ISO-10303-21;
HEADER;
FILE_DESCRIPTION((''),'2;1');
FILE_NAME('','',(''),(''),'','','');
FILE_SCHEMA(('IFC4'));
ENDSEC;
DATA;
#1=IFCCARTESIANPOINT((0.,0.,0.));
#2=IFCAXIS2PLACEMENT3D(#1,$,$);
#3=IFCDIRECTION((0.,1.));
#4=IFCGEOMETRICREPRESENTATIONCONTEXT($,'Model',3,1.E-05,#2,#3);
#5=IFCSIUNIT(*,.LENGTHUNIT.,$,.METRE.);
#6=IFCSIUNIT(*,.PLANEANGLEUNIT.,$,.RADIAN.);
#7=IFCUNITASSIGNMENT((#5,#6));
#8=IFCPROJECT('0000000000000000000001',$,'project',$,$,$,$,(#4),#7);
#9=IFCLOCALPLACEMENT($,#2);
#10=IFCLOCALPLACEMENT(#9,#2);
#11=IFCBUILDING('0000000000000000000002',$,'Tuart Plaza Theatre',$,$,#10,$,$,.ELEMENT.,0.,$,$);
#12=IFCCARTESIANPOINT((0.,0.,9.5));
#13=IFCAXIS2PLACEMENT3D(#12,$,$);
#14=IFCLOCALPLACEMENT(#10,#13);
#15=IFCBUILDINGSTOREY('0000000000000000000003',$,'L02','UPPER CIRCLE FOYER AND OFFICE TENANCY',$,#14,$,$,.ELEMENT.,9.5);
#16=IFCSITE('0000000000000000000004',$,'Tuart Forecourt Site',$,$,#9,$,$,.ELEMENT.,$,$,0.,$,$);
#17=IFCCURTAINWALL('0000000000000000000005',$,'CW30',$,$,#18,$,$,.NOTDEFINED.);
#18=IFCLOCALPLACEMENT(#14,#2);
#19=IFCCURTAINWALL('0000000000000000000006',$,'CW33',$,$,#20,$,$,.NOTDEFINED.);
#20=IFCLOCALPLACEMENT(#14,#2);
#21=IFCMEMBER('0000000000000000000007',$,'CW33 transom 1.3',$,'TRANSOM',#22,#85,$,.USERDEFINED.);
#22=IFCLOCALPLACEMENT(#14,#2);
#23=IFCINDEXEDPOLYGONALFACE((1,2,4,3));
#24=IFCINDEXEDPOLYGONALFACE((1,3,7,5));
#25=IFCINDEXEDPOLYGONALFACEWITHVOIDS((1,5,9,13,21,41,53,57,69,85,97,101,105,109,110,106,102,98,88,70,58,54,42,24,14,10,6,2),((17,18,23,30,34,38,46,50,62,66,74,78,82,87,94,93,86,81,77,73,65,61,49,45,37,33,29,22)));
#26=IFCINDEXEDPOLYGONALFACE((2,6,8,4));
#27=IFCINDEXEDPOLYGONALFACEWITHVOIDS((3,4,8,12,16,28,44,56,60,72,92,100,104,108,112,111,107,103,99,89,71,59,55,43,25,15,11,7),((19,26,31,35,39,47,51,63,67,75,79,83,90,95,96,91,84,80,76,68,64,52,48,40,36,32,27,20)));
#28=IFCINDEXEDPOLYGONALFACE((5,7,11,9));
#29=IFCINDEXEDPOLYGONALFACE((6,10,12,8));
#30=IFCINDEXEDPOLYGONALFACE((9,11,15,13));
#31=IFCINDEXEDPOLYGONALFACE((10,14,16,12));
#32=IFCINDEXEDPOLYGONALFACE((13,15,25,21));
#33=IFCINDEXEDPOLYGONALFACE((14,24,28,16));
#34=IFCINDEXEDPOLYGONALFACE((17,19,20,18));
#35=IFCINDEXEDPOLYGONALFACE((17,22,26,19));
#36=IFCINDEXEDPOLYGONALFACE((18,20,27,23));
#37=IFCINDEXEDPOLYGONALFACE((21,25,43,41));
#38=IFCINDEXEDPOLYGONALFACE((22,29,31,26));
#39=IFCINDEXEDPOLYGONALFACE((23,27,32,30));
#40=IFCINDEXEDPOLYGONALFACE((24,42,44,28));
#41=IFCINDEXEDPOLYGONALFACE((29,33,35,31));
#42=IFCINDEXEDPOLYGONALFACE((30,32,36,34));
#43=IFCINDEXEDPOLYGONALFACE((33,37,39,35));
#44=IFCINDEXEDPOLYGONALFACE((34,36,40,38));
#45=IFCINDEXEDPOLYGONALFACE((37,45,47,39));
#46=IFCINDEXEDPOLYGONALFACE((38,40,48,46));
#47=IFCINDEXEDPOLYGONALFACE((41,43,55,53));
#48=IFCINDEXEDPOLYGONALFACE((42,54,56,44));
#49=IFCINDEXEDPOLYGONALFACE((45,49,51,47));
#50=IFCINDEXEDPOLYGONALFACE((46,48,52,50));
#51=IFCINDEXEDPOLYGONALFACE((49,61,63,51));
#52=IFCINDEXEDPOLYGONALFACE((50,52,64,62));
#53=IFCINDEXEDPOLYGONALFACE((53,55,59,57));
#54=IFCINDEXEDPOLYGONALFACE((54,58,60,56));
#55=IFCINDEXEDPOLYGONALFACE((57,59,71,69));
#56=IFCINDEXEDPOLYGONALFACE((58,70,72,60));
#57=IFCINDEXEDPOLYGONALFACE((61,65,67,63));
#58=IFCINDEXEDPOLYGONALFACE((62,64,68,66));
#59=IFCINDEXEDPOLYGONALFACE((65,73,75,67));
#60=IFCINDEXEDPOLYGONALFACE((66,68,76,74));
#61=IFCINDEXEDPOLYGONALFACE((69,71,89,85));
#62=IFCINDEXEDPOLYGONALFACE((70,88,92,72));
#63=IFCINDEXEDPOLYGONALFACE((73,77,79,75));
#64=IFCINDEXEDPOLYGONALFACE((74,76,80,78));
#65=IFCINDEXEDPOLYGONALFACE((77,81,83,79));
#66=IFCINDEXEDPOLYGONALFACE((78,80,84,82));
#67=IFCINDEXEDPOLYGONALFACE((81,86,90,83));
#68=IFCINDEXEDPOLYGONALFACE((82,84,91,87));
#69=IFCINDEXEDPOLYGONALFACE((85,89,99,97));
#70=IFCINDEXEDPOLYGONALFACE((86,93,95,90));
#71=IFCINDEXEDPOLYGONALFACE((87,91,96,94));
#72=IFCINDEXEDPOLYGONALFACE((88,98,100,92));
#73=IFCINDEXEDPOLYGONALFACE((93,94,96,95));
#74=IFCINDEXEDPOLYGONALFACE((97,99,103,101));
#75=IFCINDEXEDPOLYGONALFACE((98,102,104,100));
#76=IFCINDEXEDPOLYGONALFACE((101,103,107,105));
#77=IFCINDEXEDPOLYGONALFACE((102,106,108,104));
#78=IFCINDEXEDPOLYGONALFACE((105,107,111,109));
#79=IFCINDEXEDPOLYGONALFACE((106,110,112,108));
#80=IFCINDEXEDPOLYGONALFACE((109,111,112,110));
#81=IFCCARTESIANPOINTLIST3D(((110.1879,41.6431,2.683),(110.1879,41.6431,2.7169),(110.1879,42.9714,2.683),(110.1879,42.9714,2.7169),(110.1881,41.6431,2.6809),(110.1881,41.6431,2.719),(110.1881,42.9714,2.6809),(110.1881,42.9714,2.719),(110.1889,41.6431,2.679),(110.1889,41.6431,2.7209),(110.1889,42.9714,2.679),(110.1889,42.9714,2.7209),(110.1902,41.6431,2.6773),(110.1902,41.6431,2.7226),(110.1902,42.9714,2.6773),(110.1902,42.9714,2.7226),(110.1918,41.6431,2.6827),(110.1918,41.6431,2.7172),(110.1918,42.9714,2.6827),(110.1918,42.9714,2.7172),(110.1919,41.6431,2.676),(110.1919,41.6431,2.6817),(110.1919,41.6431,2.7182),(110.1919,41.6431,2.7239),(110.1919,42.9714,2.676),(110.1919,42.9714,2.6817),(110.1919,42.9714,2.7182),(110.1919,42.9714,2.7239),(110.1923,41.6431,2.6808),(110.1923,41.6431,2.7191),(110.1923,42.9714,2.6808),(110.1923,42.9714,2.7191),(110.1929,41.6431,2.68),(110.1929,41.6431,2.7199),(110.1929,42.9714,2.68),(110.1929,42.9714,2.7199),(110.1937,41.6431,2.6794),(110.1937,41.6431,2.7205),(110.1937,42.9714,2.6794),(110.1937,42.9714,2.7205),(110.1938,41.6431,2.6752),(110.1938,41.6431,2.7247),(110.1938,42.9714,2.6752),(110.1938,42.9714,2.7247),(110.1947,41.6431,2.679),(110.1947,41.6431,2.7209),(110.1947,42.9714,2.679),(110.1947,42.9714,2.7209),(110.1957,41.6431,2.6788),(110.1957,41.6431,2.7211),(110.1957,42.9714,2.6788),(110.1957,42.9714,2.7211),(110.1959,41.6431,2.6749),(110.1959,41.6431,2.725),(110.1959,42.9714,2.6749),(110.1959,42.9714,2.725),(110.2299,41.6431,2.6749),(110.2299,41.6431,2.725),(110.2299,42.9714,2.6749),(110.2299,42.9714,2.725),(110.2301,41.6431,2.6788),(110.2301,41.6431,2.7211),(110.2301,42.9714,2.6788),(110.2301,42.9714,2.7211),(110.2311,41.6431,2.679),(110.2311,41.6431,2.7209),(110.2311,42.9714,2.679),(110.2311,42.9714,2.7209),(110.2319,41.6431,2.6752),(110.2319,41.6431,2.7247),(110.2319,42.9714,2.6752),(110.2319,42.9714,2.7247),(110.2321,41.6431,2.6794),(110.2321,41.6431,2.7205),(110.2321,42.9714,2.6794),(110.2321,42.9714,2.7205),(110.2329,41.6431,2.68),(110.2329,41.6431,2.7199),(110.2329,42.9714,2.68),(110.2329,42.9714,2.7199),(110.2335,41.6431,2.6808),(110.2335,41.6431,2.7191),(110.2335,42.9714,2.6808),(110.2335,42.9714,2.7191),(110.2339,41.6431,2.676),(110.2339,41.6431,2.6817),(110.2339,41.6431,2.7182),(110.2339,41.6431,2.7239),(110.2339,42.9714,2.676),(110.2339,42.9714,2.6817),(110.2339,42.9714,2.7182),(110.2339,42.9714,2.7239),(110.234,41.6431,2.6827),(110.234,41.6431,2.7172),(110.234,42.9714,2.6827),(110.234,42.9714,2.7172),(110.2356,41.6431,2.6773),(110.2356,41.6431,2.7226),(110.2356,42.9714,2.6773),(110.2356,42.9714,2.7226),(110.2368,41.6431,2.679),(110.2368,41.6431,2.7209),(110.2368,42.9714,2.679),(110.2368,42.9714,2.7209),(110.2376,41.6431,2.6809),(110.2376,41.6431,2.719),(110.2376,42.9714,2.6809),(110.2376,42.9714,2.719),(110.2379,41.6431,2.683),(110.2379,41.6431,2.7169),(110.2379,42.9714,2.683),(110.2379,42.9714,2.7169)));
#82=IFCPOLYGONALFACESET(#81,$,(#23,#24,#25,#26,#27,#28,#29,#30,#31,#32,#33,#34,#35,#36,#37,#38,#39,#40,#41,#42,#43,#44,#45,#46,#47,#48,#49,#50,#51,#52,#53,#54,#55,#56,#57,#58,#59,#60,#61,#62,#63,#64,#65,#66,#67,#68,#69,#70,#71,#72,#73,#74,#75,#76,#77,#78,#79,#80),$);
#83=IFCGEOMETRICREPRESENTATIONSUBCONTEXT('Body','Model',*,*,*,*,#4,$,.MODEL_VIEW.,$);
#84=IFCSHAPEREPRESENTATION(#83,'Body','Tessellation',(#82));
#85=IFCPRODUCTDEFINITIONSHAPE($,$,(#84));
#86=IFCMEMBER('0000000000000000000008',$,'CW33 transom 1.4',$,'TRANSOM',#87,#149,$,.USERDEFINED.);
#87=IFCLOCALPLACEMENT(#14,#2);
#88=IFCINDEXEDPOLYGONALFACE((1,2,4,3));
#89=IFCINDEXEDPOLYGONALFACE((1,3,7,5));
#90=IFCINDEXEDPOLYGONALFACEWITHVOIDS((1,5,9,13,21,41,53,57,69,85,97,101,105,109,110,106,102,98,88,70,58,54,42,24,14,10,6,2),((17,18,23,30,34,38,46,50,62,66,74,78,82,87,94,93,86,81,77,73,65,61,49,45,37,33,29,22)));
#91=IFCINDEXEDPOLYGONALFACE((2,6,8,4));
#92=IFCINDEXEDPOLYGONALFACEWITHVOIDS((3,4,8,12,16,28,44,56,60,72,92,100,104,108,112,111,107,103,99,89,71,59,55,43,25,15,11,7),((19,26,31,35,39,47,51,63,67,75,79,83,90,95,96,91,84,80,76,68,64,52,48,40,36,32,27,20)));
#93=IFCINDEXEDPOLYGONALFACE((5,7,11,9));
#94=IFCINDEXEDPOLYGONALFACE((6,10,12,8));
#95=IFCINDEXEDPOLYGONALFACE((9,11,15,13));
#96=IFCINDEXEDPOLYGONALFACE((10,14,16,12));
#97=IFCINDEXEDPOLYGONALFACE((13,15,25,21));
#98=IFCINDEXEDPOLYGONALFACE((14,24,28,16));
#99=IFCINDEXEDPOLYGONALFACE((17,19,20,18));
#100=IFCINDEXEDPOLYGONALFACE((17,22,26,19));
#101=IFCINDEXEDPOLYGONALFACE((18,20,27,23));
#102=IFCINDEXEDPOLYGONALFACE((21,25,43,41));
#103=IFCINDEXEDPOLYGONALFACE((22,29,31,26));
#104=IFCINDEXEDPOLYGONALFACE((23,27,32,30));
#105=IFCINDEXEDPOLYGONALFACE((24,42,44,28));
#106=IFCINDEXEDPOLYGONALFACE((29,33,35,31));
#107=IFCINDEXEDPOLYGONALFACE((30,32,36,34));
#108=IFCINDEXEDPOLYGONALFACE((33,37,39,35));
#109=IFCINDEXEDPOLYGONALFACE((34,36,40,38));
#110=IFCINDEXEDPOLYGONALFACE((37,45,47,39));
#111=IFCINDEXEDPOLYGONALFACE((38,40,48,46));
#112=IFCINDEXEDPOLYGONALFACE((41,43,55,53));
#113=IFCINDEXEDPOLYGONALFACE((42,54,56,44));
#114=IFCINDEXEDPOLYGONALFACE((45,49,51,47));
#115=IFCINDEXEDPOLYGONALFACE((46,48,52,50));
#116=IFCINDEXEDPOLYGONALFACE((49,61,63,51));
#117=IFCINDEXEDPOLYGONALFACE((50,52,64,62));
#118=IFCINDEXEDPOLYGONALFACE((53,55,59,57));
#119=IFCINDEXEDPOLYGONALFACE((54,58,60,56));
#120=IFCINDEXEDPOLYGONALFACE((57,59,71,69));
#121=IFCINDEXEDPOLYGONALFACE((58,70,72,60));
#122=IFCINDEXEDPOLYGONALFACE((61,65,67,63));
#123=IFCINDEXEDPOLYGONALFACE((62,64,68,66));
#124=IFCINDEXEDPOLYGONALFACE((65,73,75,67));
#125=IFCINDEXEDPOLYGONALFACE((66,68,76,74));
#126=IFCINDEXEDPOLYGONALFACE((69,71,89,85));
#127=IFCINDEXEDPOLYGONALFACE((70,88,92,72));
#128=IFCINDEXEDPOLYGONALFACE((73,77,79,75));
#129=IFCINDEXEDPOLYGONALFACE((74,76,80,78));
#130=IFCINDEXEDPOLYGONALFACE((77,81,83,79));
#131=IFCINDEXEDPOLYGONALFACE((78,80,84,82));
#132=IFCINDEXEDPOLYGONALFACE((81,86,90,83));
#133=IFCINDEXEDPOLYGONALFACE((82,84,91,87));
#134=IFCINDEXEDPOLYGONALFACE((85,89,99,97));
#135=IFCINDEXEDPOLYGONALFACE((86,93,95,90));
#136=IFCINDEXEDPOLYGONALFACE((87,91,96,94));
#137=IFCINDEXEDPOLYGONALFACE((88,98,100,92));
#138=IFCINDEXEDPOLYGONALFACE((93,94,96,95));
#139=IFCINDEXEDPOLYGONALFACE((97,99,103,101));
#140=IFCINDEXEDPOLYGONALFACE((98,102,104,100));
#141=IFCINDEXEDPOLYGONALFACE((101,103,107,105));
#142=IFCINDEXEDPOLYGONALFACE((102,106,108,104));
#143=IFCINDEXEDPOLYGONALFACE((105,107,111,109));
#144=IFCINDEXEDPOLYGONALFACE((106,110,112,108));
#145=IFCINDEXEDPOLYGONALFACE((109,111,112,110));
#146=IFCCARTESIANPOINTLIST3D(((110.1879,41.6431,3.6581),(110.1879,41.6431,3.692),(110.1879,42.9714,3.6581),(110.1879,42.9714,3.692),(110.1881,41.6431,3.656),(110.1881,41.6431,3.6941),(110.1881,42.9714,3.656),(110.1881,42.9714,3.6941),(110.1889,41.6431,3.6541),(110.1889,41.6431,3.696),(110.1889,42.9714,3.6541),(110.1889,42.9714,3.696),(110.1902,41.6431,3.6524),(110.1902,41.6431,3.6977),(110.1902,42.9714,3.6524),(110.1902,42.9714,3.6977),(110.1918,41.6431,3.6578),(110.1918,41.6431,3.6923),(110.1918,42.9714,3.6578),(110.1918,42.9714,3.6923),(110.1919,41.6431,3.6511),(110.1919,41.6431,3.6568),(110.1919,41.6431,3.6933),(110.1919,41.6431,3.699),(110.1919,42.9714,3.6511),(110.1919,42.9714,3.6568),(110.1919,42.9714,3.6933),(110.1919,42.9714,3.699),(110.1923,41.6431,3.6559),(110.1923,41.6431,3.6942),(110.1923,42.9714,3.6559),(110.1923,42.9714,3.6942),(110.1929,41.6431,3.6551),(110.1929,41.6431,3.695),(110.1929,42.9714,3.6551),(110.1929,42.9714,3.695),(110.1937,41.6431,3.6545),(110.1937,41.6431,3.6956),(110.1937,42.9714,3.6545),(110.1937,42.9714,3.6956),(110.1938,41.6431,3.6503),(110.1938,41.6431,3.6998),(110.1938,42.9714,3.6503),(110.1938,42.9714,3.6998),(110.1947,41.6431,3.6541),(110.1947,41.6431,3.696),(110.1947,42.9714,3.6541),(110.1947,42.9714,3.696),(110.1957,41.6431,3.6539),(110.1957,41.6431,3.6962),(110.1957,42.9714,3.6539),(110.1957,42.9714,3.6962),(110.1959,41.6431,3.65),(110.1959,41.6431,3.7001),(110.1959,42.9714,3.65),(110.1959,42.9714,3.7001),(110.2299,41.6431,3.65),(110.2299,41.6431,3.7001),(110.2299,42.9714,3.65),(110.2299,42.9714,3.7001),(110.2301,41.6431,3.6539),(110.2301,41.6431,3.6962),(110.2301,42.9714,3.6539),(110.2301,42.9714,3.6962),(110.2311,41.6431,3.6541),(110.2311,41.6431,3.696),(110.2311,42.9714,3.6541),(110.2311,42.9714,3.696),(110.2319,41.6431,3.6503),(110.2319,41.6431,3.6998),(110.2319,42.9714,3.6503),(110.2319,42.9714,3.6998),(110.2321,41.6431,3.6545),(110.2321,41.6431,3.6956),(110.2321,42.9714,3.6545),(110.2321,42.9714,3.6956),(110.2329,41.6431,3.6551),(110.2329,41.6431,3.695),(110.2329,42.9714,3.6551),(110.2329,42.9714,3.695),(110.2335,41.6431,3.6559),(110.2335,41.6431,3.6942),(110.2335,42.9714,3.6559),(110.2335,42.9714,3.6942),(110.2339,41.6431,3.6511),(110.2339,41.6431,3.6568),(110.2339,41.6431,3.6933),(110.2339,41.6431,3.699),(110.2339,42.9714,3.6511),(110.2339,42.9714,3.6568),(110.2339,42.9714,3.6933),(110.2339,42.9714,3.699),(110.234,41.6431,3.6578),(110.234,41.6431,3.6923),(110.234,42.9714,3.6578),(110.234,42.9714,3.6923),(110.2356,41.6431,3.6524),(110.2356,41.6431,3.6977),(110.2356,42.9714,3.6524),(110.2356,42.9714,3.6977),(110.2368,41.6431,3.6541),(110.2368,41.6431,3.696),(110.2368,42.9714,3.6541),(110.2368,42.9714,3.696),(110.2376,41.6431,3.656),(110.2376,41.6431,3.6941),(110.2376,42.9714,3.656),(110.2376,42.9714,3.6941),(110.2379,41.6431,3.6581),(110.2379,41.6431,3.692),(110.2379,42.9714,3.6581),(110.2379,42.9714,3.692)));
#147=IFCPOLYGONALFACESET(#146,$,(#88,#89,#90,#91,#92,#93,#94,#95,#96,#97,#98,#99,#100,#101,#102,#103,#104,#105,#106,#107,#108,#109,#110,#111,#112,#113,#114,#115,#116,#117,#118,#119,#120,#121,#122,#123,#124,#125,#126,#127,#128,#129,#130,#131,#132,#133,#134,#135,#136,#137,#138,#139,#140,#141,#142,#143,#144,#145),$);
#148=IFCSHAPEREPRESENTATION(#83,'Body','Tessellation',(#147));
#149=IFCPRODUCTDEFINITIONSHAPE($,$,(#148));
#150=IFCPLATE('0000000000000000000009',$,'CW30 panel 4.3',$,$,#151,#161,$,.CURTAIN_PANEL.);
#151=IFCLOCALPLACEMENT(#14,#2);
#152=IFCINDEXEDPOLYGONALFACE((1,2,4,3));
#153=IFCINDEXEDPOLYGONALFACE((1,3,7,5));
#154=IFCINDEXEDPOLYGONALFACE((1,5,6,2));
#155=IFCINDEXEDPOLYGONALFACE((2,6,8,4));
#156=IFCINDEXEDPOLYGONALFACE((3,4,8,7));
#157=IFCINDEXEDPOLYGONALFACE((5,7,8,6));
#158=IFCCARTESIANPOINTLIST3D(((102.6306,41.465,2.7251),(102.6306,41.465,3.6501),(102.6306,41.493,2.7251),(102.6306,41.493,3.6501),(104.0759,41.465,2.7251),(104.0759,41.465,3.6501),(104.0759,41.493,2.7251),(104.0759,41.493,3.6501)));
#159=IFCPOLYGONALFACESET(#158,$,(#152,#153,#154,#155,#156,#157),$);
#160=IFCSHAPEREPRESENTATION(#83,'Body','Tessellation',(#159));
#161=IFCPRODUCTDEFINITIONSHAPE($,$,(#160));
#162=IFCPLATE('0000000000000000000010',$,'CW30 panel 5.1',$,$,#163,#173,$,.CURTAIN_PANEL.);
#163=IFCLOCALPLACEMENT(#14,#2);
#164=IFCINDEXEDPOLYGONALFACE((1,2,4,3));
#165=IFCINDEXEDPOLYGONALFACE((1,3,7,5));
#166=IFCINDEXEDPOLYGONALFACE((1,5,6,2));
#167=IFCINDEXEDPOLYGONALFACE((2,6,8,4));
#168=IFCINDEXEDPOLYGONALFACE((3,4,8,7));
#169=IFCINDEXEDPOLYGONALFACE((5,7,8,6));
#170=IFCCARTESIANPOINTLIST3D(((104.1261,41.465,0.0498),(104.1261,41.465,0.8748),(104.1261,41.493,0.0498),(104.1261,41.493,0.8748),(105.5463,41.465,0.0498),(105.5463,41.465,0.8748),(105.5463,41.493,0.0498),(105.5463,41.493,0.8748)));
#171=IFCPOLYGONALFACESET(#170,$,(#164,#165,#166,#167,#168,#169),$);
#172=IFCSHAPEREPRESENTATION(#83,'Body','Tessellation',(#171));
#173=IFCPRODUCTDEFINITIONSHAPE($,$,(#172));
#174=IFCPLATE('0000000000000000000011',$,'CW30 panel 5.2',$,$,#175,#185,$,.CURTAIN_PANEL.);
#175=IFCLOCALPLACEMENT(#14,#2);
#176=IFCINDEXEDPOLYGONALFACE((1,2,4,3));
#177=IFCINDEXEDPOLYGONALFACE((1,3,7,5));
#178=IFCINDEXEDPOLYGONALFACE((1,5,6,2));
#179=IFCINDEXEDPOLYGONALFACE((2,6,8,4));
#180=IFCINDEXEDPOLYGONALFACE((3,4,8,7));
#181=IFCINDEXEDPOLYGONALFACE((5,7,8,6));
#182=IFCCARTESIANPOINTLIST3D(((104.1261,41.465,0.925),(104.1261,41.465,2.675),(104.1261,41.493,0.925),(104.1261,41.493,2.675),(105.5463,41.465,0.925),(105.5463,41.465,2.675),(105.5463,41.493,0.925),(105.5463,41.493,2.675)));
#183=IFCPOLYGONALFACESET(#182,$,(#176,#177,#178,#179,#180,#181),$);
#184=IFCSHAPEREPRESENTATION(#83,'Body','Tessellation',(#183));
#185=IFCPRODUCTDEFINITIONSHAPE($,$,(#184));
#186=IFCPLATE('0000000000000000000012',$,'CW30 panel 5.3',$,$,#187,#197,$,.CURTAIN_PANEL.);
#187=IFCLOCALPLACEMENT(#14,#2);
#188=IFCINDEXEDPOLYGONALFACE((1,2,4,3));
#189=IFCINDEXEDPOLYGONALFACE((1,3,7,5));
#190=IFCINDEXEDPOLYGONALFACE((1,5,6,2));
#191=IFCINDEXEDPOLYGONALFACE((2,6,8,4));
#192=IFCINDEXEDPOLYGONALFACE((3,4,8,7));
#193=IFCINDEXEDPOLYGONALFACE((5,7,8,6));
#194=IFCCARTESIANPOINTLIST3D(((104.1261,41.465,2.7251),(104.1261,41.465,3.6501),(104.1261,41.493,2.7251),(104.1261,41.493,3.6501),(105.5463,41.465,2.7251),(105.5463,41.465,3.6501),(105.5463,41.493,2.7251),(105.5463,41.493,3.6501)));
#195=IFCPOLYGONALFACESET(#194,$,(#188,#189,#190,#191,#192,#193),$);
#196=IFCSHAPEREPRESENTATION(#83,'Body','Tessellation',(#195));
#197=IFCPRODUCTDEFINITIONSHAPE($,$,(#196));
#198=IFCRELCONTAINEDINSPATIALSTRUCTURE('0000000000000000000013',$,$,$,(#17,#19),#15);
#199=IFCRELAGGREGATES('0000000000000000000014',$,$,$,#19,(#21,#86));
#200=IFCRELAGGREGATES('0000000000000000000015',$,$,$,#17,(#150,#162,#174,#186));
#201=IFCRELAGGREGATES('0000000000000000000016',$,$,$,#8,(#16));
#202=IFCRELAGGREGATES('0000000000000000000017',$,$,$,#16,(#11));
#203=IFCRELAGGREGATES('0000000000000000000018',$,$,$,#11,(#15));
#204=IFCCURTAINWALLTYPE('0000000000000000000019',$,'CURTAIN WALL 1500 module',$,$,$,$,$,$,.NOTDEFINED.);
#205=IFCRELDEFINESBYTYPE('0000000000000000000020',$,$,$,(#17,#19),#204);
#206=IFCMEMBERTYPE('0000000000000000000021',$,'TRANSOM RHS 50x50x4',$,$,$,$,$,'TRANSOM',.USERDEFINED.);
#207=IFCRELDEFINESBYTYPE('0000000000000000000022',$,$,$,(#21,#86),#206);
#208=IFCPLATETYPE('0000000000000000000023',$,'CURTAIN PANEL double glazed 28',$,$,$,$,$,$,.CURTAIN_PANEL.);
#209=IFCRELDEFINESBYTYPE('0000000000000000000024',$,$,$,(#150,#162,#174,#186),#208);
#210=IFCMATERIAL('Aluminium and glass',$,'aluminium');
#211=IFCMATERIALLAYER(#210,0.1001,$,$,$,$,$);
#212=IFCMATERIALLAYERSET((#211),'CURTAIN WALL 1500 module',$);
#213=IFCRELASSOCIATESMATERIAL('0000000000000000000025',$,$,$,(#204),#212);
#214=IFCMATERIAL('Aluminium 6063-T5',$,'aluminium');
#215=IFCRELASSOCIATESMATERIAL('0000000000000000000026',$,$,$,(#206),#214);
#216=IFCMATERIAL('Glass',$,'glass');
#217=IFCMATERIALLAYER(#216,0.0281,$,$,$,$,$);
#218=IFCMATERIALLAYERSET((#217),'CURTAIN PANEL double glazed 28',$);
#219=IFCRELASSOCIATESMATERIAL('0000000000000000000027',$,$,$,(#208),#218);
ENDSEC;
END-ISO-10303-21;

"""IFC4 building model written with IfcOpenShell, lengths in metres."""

from ifc_helpers import new_model, si_unit, direction, frame, origin, origin_2d, place, context, subcontext, project, spatial, rectangle, hollow_rectangle, extrude, material, layer, layer_set, material_profile, profile_set, type_object, element, aggregate, save


model = new_model("IFC4")

# Units and contexts
model_context = context("Model", 3, precision=1e-05, world=origin(), true_north=direction((0.0, 1.0)))
body_context = subcontext(model_context, "Body", "Model", "MODEL_VIEW")
ifc_project = project(units=[si_unit("LENGTHUNIT", "METRE"), si_unit("PLANEANGLEUNIT", "RADIAN")], contexts=[model_context])

# Site, building, storey
site_placement = place(None, origin())
site = spatial("IfcSite", under=ifc_project, at=site_placement, Name="Tuart Forecourt Site", CompositionType="ELEMENT", RefElevation=0.0)
building_placement = place(site_placement, origin())
building = spatial("IfcBuilding", under=site, at=building_placement, Name="Tuart Plaza Theatre", CompositionType="ELEMENT", ElevationOfRefHeight=0.0)
storey_placement = place(building_placement, frame((0.0, 0.0, 9.5)))
storey = spatial("IfcBuildingStorey", under=building, at=storey_placement, Name="L02", Description="UPPER CIRCLE FOYER AND OFFICE TENANCY", CompositionType="ELEMENT", Elevation=9.5)

# Curtain wall
ifc_material_1 = material(Name="Aluminium and glass", Category="aluminium")
ifc_layer_1 = layer(ifc_material_1, 0.1001)
ifc_layer_set_1 = layer_set([ifc_layer_1], Name="CURTAIN WALL 1500 module")
curtain_wall_type = type_object("IfcCurtainWallType", Name="CURTAIN WALL 1500 module", PredefinedType="NOTDEFINED", material=ifc_layer_set_1)
curtain_wall_1_placement = place(storey_placement, origin())
curtain_wall_1 = element("IfcCurtainWall", 1, at=curtain_wall_1_placement, inside=storey, type_object=curtain_wall_type, Name="CW30", PredefinedType="NOTDEFINED")

# Curtain wall
curtain_wall_2_placement = place(storey_placement, origin())
curtain_wall_2 = element("IfcCurtainWall", 2, at=curtain_wall_2_placement, inside=storey, type_object=curtain_wall_type, Name="CW33", PredefinedType="NOTDEFINED")

# Members
ifc_material_2 = material(Name="Aluminium 6063-T5", Category="aluminium")
ifc_material_profile_1 = material_profile(ifc_material_2, hollow_rectangle(XDim=0.05, YDim=0.05, WallThickness=0.0039, InnerFilletRadius=0.0039, OuterFilletRadius=0.0081, at=origin_2d()), Name="RHS 50x50x4")
ifc_profile_set_1 = profile_set([ifc_material_profile_1], Name="Aluminium 6063-T5")
member_type_1 = type_object("IfcMemberType", Name="TRANSOM RHS 50x50x4", ElementType="TRANSOM", PredefinedType="USERDEFINED", material=ifc_profile_set_1)
member_1_placement = place(storey_placement, frame((110.2129, 41.6431, 2.7), z_axis=(0.0, 1.0, 0.0), x_axis=(-1.0, 0.0, 0.0)))
member_1 = element("IfcMember", 3, at=member_1_placement, type_object=member_type_1, Name="CW33 transom 1.3", ObjectType="TRANSOM", PredefinedType="USERDEFINED", context=body_context, shape_type="SweptSolid", body=[
    extrude(hollow_rectangle(XDim=0.05, YDim=0.05, WallThickness=0.0039, InnerFilletRadius=0.0039, OuterFilletRadius=0.0081, at=origin_2d()), origin(), (0.0, 0.0, 1.0), 1.3284),
])
member_2_placement = place(storey_placement, frame((110.2129, 41.6431, 3.675), z_axis=(0.0, 1.0, 0.0), x_axis=(-1.0, 0.0, 0.0)))
member_2 = element("IfcMember", 4, at=member_2_placement, type_object=member_type_1, Name="CW33 transom 1.4", ObjectType="TRANSOM", PredefinedType="USERDEFINED", context=body_context, shape_type="SweptSolid", body=[
    extrude(hollow_rectangle(XDim=0.05, YDim=0.05, WallThickness=0.0039, InnerFilletRadius=0.0039, OuterFilletRadius=0.0081, at=origin_2d()), origin(), (0.0, 0.0, 1.0), 1.3284),
])
aggregate(curtain_wall_2, [member_1, member_2])

# Plates
ifc_material_3 = material(Name="Glass", Category="glass")
ifc_layer_2 = layer(ifc_material_3, 0.0281)
ifc_layer_set_2 = layer_set([ifc_layer_2], Name="CURTAIN PANEL double glazed 28")
plate_type = type_object("IfcPlateType", Name="CURTAIN PANEL double glazed 28", PredefinedType="CURTAIN_PANEL", material=ifc_layer_set_2)
plate_1_placement = place(storey_placement, frame((103.3533, 41.479, 2.7251), z_axis=(0.0, 0.0, 1.0), x_axis=(1.0, 0.0, 0.0)))
plate_1 = element("IfcPlate", 5, at=plate_1_placement, type_object=plate_type, Name="CW30 panel 4.3", PredefinedType="CURTAIN_PANEL", context=body_context, shape_type="SweptSolid", body=[
    extrude(rectangle(XDim=1.4453, YDim=0.0281, at=origin_2d()), origin(), (0.0, 0.0, 1.0), 0.925),
])
plate_2_placement = place(storey_placement, frame((104.8362, 41.479, 0.0498), z_axis=(0.0, 0.0, 1.0), x_axis=(1.0, 0.0, 0.0)))
plate_2 = element("IfcPlate", 6, at=plate_2_placement, type_object=plate_type, Name="CW30 panel 5.1", PredefinedType="CURTAIN_PANEL", context=body_context, shape_type="SweptSolid", body=[
    extrude(rectangle(XDim=1.4202, YDim=0.0281, at=origin_2d()), origin(), (0.0, 0.0, 1.0), 0.825),
])
plate_3_placement = place(storey_placement, frame((104.8362, 41.479, 0.925), z_axis=(0.0, 0.0, 1.0), x_axis=(1.0, 0.0, 0.0)))
plate_3 = element("IfcPlate", 7, at=plate_3_placement, type_object=plate_type, Name="CW30 panel 5.2", PredefinedType="CURTAIN_PANEL", context=body_context, shape_type="SweptSolid", body=[
    extrude(rectangle(XDim=1.4202, YDim=0.0281, at=origin_2d()), origin(), (0.0, 0.0, 1.0), 1.75),
])
plate_4_placement = place(storey_placement, frame((104.8362, 41.479, 2.7251), z_axis=(0.0, 0.0, 1.0), x_axis=(1.0, 0.0, 0.0)))
plate_4 = element("IfcPlate", 8, at=plate_4_placement, type_object=plate_type, Name="CW30 panel 5.3", PredefinedType="CURTAIN_PANEL", context=body_context, shape_type="SweptSolid", body=[
    extrude(rectangle(XDim=1.4202, YDim=0.0281, at=origin_2d()), origin(), (0.0, 0.0, 1.0), 0.925),
])
aggregate(curtain_wall_1, [plate_1, plate_2, plate_3, plate_4])

save(model, "model.ifc")
